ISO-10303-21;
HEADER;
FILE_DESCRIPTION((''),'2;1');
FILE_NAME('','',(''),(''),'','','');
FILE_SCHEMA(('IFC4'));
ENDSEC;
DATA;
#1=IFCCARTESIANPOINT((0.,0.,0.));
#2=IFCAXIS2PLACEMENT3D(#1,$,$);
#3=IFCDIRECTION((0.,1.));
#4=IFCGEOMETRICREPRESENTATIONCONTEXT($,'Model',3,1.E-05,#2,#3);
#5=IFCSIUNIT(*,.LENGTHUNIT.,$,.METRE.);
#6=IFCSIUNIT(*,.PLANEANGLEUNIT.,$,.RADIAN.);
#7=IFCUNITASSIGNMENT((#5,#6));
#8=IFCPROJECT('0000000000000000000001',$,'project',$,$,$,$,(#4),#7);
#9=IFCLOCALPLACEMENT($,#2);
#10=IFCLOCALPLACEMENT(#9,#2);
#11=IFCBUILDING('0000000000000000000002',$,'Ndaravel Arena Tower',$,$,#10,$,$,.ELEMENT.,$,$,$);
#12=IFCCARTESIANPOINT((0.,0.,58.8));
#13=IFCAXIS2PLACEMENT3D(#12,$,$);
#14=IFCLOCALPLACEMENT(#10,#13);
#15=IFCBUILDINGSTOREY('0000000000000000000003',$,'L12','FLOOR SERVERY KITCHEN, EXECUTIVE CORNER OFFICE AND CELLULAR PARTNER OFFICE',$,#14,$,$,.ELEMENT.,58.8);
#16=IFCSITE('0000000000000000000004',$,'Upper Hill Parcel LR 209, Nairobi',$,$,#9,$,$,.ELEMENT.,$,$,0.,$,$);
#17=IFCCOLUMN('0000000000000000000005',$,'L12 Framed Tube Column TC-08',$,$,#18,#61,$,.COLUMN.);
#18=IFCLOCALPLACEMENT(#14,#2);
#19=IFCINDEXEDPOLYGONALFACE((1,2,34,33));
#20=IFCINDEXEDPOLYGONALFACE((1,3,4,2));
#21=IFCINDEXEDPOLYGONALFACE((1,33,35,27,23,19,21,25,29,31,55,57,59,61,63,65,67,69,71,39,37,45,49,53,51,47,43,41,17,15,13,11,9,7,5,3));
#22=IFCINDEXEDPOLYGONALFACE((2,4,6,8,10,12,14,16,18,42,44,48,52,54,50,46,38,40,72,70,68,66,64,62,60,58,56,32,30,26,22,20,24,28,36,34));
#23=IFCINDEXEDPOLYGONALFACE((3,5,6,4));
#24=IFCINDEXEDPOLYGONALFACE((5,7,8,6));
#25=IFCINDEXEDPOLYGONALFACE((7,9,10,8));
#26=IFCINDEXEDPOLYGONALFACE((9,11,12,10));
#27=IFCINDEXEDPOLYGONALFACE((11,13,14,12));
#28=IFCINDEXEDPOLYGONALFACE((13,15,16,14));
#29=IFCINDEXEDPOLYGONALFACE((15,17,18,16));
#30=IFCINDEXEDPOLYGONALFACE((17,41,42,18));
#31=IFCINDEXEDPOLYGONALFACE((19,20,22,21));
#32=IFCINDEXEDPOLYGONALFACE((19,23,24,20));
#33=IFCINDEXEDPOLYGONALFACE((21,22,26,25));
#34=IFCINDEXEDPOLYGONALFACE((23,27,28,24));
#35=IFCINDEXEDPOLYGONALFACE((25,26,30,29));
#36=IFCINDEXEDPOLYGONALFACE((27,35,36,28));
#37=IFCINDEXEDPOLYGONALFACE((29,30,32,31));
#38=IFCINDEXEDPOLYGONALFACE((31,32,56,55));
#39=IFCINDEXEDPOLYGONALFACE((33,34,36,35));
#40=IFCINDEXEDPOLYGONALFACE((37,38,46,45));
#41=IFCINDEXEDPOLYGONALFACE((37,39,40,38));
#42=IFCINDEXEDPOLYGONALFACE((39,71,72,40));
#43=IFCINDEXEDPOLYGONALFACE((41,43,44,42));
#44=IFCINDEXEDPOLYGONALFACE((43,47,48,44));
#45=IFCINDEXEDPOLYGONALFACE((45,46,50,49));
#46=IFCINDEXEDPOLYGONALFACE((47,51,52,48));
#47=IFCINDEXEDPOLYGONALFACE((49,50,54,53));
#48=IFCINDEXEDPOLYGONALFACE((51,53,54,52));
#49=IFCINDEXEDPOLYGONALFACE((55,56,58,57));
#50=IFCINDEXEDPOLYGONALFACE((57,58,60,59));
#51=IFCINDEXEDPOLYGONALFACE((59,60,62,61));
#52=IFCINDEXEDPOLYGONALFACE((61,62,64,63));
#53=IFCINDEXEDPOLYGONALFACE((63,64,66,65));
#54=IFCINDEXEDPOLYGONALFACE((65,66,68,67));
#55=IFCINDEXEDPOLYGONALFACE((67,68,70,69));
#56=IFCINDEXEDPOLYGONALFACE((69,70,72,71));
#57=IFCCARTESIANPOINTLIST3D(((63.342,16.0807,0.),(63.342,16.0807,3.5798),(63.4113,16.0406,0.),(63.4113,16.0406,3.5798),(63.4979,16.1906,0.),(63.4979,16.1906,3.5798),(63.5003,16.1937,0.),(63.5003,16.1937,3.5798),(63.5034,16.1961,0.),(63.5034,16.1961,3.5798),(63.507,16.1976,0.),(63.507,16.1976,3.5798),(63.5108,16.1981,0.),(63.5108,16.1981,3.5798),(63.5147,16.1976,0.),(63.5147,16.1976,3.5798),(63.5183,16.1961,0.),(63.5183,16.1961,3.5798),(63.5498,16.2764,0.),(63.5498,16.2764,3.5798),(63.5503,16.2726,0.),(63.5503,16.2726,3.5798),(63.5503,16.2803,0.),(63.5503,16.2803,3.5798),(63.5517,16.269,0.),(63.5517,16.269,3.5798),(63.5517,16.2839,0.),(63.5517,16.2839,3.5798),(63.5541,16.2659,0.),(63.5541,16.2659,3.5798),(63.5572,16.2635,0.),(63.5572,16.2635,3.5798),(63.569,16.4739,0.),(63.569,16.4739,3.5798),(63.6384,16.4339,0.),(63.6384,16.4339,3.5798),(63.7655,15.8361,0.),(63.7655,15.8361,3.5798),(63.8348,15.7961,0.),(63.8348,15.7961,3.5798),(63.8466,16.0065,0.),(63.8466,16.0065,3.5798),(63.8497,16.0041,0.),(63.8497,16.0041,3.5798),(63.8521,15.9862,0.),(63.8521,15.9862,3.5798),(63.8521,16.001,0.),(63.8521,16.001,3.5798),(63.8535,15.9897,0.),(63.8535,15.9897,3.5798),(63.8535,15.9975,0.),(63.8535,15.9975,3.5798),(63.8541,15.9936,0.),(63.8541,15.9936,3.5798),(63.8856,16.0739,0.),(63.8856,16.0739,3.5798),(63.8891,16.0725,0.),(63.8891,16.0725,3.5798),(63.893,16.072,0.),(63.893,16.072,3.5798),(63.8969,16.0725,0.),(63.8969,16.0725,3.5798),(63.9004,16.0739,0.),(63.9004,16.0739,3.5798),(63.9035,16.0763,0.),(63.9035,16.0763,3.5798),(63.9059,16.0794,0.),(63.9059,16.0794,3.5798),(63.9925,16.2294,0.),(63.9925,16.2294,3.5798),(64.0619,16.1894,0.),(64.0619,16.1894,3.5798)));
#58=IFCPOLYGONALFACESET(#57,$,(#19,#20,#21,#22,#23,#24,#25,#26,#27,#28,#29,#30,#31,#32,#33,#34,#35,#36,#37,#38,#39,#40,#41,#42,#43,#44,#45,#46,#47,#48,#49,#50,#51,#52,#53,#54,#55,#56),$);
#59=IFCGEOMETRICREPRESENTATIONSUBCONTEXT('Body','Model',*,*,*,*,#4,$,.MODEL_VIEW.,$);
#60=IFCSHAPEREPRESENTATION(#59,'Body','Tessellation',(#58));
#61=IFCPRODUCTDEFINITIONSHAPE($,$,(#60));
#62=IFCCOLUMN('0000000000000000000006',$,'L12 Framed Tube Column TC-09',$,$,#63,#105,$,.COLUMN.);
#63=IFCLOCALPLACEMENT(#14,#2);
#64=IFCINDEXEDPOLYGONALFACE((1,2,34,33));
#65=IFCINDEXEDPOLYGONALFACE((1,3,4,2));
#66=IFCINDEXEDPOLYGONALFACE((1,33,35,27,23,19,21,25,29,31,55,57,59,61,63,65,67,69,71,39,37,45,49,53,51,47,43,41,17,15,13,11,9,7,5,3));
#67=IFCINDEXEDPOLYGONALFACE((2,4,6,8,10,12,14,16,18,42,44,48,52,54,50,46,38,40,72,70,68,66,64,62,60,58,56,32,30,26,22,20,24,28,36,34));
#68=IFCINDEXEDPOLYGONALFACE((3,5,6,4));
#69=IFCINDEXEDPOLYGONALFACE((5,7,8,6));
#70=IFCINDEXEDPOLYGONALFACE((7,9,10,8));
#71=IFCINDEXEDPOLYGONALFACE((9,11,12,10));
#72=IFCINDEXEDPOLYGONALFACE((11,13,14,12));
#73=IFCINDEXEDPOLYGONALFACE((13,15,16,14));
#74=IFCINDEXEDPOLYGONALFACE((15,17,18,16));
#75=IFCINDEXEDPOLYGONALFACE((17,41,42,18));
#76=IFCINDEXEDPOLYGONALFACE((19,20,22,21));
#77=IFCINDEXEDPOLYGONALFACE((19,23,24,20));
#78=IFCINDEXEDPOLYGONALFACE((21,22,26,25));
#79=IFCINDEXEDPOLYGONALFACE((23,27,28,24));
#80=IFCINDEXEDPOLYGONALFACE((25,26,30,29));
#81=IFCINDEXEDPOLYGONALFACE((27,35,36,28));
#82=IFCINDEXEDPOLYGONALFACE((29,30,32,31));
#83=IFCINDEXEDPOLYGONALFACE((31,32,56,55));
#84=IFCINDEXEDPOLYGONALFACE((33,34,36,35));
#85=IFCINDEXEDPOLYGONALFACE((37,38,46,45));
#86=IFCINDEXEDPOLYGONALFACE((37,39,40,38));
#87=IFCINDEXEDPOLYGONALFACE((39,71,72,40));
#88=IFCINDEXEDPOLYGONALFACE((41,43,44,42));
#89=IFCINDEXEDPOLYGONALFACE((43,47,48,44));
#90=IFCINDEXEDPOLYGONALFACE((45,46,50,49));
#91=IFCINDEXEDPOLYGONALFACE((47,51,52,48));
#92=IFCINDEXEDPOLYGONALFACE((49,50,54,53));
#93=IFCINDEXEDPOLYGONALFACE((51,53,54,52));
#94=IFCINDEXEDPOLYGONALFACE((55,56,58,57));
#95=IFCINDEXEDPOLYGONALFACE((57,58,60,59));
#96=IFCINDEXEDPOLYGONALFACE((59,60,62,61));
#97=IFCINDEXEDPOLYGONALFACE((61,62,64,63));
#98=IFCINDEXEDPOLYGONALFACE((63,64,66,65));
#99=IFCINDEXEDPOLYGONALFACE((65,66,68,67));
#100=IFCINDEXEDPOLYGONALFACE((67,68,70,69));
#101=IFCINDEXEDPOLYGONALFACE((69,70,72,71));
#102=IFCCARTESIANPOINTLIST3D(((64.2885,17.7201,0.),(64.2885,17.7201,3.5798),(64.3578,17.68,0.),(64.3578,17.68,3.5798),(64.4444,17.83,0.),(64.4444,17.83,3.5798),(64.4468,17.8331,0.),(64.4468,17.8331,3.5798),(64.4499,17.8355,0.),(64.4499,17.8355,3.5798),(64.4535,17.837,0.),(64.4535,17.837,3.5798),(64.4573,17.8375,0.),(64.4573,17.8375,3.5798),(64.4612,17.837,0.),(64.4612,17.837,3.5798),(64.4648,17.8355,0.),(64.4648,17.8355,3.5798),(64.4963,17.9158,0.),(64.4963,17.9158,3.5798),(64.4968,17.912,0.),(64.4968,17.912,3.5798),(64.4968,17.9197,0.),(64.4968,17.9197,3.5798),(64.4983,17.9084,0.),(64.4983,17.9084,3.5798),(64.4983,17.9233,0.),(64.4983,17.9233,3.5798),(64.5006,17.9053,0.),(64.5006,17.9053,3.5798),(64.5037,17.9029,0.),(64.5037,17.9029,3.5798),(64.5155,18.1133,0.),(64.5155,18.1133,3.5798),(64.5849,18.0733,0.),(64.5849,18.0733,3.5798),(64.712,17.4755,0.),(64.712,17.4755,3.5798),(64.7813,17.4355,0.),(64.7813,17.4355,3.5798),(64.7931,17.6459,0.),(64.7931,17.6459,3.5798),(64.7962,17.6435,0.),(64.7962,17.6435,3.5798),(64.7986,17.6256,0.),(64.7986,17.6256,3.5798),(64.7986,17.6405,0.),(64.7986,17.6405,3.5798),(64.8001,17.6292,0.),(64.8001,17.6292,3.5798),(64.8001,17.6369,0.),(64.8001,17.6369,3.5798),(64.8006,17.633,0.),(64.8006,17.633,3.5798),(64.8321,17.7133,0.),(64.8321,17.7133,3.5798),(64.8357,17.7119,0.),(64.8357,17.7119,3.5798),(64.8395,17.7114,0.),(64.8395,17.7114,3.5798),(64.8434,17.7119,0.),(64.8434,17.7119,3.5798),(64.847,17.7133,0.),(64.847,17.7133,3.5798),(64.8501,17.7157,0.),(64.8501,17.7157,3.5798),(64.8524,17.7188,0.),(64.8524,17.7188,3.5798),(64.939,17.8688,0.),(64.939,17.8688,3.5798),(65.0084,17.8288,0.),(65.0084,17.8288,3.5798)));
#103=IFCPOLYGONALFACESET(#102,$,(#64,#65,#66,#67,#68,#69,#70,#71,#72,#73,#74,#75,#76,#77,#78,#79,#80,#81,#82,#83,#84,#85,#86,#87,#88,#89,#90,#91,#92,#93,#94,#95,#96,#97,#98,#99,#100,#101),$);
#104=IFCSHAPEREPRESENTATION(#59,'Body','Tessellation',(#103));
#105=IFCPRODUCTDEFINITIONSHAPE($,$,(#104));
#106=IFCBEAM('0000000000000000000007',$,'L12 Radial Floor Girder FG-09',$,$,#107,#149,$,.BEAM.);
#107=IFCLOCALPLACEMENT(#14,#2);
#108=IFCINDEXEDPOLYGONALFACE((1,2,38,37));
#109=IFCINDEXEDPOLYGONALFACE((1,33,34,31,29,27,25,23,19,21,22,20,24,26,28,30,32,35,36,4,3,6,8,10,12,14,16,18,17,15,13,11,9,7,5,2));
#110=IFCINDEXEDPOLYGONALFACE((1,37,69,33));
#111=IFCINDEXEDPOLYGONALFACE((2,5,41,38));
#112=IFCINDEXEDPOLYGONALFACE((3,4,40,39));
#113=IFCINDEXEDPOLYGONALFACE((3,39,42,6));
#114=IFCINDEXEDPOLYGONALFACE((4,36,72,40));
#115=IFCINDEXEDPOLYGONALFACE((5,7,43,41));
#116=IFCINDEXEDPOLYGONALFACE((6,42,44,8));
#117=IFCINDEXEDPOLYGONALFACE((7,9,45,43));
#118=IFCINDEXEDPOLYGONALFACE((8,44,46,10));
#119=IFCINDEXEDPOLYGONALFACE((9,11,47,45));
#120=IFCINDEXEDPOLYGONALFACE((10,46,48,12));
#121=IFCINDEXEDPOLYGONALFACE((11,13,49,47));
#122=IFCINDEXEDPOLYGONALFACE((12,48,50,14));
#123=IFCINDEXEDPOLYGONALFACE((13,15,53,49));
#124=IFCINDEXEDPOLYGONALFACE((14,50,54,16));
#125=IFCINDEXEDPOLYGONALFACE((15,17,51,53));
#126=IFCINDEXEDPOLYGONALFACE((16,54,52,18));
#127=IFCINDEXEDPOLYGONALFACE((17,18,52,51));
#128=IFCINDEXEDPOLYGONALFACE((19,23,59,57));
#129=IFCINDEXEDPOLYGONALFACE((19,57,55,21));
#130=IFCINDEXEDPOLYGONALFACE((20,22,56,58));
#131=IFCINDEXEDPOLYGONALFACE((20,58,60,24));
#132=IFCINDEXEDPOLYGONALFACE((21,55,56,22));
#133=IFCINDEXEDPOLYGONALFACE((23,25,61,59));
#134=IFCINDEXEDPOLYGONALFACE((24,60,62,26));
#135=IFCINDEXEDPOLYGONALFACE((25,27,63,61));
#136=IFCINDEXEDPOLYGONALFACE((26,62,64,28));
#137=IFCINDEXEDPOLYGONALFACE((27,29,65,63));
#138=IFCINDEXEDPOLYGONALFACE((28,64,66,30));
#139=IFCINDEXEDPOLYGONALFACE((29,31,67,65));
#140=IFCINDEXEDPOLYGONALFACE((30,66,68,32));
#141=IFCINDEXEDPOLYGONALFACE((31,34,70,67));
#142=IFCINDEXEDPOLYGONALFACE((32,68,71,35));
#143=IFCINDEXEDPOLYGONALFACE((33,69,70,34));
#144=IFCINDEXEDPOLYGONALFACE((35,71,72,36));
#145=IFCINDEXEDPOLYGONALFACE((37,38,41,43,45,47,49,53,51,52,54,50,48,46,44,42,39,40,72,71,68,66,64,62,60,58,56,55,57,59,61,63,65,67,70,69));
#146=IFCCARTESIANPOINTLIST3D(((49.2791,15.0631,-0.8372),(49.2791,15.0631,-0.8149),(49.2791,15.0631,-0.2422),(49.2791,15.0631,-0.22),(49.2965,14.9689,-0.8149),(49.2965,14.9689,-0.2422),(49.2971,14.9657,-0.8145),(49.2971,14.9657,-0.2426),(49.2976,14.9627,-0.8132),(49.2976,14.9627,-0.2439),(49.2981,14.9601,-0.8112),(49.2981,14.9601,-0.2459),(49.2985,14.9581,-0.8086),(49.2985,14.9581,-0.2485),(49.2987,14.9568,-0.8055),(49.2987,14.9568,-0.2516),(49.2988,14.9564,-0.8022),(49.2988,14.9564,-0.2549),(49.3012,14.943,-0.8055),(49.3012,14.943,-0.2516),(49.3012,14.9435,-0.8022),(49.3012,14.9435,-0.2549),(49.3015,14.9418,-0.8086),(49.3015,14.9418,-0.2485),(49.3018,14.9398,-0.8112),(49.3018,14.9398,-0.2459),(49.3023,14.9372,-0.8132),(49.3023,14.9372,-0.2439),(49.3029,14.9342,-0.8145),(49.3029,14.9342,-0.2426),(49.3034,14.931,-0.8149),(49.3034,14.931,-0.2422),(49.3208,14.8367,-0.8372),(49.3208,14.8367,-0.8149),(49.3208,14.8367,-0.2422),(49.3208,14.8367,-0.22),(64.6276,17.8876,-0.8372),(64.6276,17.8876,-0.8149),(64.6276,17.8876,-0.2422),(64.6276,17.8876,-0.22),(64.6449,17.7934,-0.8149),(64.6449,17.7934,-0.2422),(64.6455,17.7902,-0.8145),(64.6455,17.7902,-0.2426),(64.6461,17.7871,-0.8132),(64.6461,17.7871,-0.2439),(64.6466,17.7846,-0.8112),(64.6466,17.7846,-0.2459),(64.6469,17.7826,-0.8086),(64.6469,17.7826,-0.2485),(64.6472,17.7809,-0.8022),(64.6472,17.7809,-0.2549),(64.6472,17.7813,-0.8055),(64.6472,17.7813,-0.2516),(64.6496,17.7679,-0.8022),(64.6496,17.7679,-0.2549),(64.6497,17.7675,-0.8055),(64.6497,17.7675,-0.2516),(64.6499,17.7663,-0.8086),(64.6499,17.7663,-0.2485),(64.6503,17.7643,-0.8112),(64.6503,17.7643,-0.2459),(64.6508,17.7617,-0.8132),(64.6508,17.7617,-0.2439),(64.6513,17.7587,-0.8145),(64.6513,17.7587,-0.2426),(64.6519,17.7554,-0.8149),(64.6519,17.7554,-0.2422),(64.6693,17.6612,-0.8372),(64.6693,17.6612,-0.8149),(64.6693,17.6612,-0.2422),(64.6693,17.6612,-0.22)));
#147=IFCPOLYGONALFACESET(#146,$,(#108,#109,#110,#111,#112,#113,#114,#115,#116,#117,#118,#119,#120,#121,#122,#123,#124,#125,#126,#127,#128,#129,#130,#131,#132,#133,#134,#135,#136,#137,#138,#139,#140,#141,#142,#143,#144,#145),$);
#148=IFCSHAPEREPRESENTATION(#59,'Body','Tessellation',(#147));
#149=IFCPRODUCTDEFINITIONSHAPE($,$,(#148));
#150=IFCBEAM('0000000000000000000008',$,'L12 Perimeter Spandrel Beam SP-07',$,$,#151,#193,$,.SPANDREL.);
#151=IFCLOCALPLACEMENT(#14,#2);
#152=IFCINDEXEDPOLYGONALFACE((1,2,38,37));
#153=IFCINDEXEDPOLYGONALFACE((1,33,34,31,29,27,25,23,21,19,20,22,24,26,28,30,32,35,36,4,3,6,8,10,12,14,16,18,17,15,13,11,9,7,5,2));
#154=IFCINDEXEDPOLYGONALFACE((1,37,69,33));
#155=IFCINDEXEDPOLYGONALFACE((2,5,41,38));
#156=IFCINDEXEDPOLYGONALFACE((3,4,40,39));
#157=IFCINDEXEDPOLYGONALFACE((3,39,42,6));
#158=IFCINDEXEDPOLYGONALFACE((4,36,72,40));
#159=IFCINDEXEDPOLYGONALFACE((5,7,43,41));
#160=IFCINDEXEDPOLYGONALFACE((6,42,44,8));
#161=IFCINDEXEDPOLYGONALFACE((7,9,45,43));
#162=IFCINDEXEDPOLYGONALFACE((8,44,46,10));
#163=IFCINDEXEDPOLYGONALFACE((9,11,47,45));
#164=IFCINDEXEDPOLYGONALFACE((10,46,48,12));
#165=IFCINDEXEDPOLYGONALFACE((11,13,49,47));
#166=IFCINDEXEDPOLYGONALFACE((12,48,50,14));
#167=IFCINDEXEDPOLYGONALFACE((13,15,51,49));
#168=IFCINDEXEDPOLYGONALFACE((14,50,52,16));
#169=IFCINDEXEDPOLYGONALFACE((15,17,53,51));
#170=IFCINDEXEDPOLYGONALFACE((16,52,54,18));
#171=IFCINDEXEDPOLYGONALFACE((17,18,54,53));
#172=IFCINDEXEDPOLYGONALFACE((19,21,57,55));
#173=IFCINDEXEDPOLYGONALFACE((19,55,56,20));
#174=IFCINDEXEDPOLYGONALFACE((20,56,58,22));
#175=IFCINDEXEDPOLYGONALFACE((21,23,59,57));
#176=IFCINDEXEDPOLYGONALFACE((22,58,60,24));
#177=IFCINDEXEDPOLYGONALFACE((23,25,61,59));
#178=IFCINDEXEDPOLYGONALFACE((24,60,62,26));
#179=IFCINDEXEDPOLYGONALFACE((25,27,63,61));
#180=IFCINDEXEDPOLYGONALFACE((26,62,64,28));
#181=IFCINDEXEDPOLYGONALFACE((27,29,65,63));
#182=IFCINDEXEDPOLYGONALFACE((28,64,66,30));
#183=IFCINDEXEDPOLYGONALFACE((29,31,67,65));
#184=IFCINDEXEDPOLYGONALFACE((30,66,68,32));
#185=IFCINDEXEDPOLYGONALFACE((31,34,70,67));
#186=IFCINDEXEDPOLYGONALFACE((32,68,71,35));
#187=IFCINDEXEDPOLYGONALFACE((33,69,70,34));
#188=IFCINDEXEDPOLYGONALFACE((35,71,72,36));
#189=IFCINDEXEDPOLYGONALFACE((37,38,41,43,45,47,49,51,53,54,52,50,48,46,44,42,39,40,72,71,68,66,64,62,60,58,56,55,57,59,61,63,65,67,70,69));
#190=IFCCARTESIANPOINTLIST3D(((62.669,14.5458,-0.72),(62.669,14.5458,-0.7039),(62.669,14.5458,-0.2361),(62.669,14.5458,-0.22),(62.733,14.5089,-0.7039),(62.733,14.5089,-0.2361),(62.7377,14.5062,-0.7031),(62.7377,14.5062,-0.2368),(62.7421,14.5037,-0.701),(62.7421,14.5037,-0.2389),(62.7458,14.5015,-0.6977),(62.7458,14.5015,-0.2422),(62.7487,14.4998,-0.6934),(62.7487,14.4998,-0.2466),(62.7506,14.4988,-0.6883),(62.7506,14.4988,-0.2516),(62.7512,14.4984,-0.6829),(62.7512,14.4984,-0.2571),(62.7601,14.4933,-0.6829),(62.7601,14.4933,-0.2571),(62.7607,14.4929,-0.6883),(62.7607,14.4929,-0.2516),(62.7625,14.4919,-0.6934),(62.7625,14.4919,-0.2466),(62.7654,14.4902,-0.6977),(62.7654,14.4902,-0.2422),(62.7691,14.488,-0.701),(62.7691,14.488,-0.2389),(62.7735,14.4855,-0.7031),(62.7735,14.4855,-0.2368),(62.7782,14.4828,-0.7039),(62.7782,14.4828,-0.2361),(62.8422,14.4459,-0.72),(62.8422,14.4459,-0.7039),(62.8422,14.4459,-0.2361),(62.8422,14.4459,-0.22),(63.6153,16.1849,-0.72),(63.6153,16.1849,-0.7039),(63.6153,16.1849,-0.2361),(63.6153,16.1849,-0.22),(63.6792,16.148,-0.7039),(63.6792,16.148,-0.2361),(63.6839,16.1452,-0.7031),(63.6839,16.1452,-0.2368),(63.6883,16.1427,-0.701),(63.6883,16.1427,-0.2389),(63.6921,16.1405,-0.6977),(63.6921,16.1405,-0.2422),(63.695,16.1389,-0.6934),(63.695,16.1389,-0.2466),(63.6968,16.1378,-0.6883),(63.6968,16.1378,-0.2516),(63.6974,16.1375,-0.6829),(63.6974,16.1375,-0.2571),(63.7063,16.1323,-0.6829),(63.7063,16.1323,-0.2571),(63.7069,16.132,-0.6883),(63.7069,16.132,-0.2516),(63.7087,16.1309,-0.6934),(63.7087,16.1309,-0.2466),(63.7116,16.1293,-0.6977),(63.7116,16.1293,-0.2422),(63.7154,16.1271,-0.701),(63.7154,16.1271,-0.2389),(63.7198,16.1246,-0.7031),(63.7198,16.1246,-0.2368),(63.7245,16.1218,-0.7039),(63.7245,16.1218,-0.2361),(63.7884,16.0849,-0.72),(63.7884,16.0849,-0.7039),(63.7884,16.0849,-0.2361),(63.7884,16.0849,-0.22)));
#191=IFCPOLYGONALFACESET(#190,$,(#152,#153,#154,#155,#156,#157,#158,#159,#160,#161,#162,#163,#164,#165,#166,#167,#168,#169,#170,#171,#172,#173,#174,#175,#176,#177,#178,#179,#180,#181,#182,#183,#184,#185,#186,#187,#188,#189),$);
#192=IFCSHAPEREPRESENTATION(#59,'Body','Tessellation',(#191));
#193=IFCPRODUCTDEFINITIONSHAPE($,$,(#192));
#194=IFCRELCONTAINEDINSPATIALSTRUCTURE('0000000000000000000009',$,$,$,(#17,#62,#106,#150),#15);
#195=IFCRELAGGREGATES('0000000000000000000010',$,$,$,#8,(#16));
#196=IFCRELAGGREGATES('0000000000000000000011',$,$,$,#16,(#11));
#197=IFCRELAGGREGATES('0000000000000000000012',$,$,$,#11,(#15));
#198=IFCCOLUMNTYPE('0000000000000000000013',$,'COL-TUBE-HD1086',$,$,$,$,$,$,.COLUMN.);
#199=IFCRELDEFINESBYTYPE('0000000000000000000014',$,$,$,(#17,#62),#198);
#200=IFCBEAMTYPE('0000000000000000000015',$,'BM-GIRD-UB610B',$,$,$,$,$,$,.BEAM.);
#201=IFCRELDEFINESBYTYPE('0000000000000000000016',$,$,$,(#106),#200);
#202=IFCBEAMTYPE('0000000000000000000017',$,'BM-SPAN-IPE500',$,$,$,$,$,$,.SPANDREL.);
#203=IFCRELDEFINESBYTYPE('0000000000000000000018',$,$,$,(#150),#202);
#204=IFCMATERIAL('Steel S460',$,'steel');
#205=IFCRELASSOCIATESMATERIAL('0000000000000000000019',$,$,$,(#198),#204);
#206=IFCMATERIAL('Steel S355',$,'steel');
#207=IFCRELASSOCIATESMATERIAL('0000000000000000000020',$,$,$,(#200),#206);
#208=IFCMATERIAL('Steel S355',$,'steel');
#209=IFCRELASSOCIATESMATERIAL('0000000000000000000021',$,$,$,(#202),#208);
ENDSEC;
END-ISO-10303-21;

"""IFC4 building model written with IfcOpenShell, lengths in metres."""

from ifc_helpers import new_model, si_unit, direction, frame, origin, origin_2d, place, context, subcontext, project, spatial, i_section, extrude, material, material_profile, profile_set, type_object, element, save


model = new_model("IFC4")

# Units and contexts
model_context = context("Model", 3, precision=1e-05, world=origin(), true_north=direction((0.0, 1.0)))
body_context = subcontext(model_context, "Body", "Model", "MODEL_VIEW")
ifc_project = project(units=[si_unit("LENGTHUNIT", "METRE"), si_unit("PLANEANGLEUNIT", "RADIAN")], contexts=[model_context])

# Site, building, storey
site_placement = place(None, origin())
site = spatial("IfcSite", under=ifc_project, at=site_placement, Name="Upper Hill Parcel LR 209, Nairobi", CompositionType="ELEMENT", RefElevation=0.0)
building_placement = place(site_placement, origin())
building = spatial("IfcBuilding", under=site, at=building_placement, Name="Ndaravel Arena Tower", CompositionType="ELEMENT")
storey_placement = place(building_placement, frame((0.0, 0.0, 58.8)))
storey = spatial("IfcBuildingStorey", under=building, at=storey_placement, Name="L12", Description="FLOOR SERVERY KITCHEN, EXECUTIVE CORNER OFFICE AND CELLULAR PARTNER OFFICE", CompositionType="ELEMENT", Elevation=58.8)

# Columns
ifc_material_1 = material(Name="Steel S460", Category="steel")
ifc_material_profile_1 = material_profile(ifc_material_1, i_section(OverallWidth=0.4541, OverallDepth=0.5691, WebThickness=0.0779, FlangeThickness=0.0801, FilletRadius=0.0149, at=origin_2d()), Name="HD 400x1086")
ifc_profile_set_1 = profile_set([ifc_material_profile_1], Name="Steel S460")
column_type = type_object("IfcColumnType", Name="COL-TUBE-HD1086", PredefinedType="COLUMN", material=ifc_profile_set_1)
for number, where, z_axis, x_axis, name in (
    (1, (63.7019, 16.135, 0.0), (0.0, 0.0, 1.0), (0.5, 0.866025, 0.0), "L12 Framed Tube Column TC-08"),
    (2, (64.6484, 17.7744, 0.0), (0.0, 0.0, 1.0), (0.5, 0.866025, 0.0), "L12 Framed Tube Column TC-09"),
):
    element("IfcColumn", number, at=place(storey_placement, frame(where, z_axis=z_axis, x_axis=x_axis)), inside=storey, type_object=column_type, Name=name, PredefinedType="COLUMN", context=body_context, shape_type="SweptSolid", body=[
        extrude(i_section(OverallWidth=0.4541, OverallDepth=0.5691, WebThickness=0.0779, FlangeThickness=0.0801, FilletRadius=0.0149, at=origin_2d()), origin(), (0.0, 0.0, 1.0), 3.5798),
    ])

# Beams
ifc_material_2 = material(Name="Steel S355", Category="steel")
ifc_material_profile_2 = material_profile(ifc_material_2, i_section(OverallWidth=0.2302, OverallDepth=0.6172, WebThickness=0.0132, FlangeThickness=0.0222, FilletRadius=0.0127, at=origin_2d()), Name="UB 610x229x140")
ifc_profile_set_2 = profile_set([ifc_material_profile_2], Name="Steel S355")
beam_type_1 = type_object("IfcBeamType", Name="BM-GIRD-UB610B", PredefinedType="BEAM", material=ifc_profile_set_2)
beam_1_placement = place(storey_placement, frame((64.6484, 17.7744, -0.5286), z_axis=(-0.983486, -0.180984, 0.0), x_axis=(0.180984, -0.983486, 0.0)))
element("IfcBeam", 3, at=beam_1_placement, inside=storey, type_object=beam_type_1, Name="L12 Radial Floor Girder FG-09", PredefinedType="BEAM", context=body_context, shape_type="SweptSolid", body=[
    extrude(i_section(OverallWidth=0.2302, OverallDepth=0.6172, WebThickness=0.0132, FlangeThickness=0.0222, FilletRadius=0.0127, at=origin_2d()), origin(), (0.0, 0.0, 1.0), 15.6062),
])
ifc_material_3 = material(Name="Steel S355", Category="steel")
ifc_material_profile_3 = material_profile(ifc_material_3, i_section(OverallWidth=0.2, OverallDepth=0.5, WebThickness=0.0103, FlangeThickness=0.0161, FilletRadius=0.021, at=origin_2d()), Name="IPE 500")
ifc_profile_set_3 = profile_set([ifc_material_profile_3], Name="Steel S355")
beam_type_2 = type_object("IfcBeamType", Name="BM-SPAN-IPE500", PredefinedType="SPANDREL", material=ifc_profile_set_3)
beam_2_placement = place(storey_placement, frame((62.7556, 14.4958, -0.47), z_axis=(0.499968, 0.866044, 0.0), x_axis=(-0.866044, 0.499968, 0.0)))
element("IfcBeam", 4, at=beam_2_placement, inside=storey, type_object=beam_type_2, Name="L12 Perimeter Spandrel Beam SP-07", PredefinedType="SPANDREL", context=body_context, shape_type="SweptSolid", body=[
    extrude(i_section(OverallWidth=0.2, OverallDepth=0.5, WebThickness=0.0103, FlangeThickness=0.0161, FilletRadius=0.021, at=origin_2d()), origin(), (0.0, 0.0, 1.0), 1.8926),
])

save(model, "model.ifc")
